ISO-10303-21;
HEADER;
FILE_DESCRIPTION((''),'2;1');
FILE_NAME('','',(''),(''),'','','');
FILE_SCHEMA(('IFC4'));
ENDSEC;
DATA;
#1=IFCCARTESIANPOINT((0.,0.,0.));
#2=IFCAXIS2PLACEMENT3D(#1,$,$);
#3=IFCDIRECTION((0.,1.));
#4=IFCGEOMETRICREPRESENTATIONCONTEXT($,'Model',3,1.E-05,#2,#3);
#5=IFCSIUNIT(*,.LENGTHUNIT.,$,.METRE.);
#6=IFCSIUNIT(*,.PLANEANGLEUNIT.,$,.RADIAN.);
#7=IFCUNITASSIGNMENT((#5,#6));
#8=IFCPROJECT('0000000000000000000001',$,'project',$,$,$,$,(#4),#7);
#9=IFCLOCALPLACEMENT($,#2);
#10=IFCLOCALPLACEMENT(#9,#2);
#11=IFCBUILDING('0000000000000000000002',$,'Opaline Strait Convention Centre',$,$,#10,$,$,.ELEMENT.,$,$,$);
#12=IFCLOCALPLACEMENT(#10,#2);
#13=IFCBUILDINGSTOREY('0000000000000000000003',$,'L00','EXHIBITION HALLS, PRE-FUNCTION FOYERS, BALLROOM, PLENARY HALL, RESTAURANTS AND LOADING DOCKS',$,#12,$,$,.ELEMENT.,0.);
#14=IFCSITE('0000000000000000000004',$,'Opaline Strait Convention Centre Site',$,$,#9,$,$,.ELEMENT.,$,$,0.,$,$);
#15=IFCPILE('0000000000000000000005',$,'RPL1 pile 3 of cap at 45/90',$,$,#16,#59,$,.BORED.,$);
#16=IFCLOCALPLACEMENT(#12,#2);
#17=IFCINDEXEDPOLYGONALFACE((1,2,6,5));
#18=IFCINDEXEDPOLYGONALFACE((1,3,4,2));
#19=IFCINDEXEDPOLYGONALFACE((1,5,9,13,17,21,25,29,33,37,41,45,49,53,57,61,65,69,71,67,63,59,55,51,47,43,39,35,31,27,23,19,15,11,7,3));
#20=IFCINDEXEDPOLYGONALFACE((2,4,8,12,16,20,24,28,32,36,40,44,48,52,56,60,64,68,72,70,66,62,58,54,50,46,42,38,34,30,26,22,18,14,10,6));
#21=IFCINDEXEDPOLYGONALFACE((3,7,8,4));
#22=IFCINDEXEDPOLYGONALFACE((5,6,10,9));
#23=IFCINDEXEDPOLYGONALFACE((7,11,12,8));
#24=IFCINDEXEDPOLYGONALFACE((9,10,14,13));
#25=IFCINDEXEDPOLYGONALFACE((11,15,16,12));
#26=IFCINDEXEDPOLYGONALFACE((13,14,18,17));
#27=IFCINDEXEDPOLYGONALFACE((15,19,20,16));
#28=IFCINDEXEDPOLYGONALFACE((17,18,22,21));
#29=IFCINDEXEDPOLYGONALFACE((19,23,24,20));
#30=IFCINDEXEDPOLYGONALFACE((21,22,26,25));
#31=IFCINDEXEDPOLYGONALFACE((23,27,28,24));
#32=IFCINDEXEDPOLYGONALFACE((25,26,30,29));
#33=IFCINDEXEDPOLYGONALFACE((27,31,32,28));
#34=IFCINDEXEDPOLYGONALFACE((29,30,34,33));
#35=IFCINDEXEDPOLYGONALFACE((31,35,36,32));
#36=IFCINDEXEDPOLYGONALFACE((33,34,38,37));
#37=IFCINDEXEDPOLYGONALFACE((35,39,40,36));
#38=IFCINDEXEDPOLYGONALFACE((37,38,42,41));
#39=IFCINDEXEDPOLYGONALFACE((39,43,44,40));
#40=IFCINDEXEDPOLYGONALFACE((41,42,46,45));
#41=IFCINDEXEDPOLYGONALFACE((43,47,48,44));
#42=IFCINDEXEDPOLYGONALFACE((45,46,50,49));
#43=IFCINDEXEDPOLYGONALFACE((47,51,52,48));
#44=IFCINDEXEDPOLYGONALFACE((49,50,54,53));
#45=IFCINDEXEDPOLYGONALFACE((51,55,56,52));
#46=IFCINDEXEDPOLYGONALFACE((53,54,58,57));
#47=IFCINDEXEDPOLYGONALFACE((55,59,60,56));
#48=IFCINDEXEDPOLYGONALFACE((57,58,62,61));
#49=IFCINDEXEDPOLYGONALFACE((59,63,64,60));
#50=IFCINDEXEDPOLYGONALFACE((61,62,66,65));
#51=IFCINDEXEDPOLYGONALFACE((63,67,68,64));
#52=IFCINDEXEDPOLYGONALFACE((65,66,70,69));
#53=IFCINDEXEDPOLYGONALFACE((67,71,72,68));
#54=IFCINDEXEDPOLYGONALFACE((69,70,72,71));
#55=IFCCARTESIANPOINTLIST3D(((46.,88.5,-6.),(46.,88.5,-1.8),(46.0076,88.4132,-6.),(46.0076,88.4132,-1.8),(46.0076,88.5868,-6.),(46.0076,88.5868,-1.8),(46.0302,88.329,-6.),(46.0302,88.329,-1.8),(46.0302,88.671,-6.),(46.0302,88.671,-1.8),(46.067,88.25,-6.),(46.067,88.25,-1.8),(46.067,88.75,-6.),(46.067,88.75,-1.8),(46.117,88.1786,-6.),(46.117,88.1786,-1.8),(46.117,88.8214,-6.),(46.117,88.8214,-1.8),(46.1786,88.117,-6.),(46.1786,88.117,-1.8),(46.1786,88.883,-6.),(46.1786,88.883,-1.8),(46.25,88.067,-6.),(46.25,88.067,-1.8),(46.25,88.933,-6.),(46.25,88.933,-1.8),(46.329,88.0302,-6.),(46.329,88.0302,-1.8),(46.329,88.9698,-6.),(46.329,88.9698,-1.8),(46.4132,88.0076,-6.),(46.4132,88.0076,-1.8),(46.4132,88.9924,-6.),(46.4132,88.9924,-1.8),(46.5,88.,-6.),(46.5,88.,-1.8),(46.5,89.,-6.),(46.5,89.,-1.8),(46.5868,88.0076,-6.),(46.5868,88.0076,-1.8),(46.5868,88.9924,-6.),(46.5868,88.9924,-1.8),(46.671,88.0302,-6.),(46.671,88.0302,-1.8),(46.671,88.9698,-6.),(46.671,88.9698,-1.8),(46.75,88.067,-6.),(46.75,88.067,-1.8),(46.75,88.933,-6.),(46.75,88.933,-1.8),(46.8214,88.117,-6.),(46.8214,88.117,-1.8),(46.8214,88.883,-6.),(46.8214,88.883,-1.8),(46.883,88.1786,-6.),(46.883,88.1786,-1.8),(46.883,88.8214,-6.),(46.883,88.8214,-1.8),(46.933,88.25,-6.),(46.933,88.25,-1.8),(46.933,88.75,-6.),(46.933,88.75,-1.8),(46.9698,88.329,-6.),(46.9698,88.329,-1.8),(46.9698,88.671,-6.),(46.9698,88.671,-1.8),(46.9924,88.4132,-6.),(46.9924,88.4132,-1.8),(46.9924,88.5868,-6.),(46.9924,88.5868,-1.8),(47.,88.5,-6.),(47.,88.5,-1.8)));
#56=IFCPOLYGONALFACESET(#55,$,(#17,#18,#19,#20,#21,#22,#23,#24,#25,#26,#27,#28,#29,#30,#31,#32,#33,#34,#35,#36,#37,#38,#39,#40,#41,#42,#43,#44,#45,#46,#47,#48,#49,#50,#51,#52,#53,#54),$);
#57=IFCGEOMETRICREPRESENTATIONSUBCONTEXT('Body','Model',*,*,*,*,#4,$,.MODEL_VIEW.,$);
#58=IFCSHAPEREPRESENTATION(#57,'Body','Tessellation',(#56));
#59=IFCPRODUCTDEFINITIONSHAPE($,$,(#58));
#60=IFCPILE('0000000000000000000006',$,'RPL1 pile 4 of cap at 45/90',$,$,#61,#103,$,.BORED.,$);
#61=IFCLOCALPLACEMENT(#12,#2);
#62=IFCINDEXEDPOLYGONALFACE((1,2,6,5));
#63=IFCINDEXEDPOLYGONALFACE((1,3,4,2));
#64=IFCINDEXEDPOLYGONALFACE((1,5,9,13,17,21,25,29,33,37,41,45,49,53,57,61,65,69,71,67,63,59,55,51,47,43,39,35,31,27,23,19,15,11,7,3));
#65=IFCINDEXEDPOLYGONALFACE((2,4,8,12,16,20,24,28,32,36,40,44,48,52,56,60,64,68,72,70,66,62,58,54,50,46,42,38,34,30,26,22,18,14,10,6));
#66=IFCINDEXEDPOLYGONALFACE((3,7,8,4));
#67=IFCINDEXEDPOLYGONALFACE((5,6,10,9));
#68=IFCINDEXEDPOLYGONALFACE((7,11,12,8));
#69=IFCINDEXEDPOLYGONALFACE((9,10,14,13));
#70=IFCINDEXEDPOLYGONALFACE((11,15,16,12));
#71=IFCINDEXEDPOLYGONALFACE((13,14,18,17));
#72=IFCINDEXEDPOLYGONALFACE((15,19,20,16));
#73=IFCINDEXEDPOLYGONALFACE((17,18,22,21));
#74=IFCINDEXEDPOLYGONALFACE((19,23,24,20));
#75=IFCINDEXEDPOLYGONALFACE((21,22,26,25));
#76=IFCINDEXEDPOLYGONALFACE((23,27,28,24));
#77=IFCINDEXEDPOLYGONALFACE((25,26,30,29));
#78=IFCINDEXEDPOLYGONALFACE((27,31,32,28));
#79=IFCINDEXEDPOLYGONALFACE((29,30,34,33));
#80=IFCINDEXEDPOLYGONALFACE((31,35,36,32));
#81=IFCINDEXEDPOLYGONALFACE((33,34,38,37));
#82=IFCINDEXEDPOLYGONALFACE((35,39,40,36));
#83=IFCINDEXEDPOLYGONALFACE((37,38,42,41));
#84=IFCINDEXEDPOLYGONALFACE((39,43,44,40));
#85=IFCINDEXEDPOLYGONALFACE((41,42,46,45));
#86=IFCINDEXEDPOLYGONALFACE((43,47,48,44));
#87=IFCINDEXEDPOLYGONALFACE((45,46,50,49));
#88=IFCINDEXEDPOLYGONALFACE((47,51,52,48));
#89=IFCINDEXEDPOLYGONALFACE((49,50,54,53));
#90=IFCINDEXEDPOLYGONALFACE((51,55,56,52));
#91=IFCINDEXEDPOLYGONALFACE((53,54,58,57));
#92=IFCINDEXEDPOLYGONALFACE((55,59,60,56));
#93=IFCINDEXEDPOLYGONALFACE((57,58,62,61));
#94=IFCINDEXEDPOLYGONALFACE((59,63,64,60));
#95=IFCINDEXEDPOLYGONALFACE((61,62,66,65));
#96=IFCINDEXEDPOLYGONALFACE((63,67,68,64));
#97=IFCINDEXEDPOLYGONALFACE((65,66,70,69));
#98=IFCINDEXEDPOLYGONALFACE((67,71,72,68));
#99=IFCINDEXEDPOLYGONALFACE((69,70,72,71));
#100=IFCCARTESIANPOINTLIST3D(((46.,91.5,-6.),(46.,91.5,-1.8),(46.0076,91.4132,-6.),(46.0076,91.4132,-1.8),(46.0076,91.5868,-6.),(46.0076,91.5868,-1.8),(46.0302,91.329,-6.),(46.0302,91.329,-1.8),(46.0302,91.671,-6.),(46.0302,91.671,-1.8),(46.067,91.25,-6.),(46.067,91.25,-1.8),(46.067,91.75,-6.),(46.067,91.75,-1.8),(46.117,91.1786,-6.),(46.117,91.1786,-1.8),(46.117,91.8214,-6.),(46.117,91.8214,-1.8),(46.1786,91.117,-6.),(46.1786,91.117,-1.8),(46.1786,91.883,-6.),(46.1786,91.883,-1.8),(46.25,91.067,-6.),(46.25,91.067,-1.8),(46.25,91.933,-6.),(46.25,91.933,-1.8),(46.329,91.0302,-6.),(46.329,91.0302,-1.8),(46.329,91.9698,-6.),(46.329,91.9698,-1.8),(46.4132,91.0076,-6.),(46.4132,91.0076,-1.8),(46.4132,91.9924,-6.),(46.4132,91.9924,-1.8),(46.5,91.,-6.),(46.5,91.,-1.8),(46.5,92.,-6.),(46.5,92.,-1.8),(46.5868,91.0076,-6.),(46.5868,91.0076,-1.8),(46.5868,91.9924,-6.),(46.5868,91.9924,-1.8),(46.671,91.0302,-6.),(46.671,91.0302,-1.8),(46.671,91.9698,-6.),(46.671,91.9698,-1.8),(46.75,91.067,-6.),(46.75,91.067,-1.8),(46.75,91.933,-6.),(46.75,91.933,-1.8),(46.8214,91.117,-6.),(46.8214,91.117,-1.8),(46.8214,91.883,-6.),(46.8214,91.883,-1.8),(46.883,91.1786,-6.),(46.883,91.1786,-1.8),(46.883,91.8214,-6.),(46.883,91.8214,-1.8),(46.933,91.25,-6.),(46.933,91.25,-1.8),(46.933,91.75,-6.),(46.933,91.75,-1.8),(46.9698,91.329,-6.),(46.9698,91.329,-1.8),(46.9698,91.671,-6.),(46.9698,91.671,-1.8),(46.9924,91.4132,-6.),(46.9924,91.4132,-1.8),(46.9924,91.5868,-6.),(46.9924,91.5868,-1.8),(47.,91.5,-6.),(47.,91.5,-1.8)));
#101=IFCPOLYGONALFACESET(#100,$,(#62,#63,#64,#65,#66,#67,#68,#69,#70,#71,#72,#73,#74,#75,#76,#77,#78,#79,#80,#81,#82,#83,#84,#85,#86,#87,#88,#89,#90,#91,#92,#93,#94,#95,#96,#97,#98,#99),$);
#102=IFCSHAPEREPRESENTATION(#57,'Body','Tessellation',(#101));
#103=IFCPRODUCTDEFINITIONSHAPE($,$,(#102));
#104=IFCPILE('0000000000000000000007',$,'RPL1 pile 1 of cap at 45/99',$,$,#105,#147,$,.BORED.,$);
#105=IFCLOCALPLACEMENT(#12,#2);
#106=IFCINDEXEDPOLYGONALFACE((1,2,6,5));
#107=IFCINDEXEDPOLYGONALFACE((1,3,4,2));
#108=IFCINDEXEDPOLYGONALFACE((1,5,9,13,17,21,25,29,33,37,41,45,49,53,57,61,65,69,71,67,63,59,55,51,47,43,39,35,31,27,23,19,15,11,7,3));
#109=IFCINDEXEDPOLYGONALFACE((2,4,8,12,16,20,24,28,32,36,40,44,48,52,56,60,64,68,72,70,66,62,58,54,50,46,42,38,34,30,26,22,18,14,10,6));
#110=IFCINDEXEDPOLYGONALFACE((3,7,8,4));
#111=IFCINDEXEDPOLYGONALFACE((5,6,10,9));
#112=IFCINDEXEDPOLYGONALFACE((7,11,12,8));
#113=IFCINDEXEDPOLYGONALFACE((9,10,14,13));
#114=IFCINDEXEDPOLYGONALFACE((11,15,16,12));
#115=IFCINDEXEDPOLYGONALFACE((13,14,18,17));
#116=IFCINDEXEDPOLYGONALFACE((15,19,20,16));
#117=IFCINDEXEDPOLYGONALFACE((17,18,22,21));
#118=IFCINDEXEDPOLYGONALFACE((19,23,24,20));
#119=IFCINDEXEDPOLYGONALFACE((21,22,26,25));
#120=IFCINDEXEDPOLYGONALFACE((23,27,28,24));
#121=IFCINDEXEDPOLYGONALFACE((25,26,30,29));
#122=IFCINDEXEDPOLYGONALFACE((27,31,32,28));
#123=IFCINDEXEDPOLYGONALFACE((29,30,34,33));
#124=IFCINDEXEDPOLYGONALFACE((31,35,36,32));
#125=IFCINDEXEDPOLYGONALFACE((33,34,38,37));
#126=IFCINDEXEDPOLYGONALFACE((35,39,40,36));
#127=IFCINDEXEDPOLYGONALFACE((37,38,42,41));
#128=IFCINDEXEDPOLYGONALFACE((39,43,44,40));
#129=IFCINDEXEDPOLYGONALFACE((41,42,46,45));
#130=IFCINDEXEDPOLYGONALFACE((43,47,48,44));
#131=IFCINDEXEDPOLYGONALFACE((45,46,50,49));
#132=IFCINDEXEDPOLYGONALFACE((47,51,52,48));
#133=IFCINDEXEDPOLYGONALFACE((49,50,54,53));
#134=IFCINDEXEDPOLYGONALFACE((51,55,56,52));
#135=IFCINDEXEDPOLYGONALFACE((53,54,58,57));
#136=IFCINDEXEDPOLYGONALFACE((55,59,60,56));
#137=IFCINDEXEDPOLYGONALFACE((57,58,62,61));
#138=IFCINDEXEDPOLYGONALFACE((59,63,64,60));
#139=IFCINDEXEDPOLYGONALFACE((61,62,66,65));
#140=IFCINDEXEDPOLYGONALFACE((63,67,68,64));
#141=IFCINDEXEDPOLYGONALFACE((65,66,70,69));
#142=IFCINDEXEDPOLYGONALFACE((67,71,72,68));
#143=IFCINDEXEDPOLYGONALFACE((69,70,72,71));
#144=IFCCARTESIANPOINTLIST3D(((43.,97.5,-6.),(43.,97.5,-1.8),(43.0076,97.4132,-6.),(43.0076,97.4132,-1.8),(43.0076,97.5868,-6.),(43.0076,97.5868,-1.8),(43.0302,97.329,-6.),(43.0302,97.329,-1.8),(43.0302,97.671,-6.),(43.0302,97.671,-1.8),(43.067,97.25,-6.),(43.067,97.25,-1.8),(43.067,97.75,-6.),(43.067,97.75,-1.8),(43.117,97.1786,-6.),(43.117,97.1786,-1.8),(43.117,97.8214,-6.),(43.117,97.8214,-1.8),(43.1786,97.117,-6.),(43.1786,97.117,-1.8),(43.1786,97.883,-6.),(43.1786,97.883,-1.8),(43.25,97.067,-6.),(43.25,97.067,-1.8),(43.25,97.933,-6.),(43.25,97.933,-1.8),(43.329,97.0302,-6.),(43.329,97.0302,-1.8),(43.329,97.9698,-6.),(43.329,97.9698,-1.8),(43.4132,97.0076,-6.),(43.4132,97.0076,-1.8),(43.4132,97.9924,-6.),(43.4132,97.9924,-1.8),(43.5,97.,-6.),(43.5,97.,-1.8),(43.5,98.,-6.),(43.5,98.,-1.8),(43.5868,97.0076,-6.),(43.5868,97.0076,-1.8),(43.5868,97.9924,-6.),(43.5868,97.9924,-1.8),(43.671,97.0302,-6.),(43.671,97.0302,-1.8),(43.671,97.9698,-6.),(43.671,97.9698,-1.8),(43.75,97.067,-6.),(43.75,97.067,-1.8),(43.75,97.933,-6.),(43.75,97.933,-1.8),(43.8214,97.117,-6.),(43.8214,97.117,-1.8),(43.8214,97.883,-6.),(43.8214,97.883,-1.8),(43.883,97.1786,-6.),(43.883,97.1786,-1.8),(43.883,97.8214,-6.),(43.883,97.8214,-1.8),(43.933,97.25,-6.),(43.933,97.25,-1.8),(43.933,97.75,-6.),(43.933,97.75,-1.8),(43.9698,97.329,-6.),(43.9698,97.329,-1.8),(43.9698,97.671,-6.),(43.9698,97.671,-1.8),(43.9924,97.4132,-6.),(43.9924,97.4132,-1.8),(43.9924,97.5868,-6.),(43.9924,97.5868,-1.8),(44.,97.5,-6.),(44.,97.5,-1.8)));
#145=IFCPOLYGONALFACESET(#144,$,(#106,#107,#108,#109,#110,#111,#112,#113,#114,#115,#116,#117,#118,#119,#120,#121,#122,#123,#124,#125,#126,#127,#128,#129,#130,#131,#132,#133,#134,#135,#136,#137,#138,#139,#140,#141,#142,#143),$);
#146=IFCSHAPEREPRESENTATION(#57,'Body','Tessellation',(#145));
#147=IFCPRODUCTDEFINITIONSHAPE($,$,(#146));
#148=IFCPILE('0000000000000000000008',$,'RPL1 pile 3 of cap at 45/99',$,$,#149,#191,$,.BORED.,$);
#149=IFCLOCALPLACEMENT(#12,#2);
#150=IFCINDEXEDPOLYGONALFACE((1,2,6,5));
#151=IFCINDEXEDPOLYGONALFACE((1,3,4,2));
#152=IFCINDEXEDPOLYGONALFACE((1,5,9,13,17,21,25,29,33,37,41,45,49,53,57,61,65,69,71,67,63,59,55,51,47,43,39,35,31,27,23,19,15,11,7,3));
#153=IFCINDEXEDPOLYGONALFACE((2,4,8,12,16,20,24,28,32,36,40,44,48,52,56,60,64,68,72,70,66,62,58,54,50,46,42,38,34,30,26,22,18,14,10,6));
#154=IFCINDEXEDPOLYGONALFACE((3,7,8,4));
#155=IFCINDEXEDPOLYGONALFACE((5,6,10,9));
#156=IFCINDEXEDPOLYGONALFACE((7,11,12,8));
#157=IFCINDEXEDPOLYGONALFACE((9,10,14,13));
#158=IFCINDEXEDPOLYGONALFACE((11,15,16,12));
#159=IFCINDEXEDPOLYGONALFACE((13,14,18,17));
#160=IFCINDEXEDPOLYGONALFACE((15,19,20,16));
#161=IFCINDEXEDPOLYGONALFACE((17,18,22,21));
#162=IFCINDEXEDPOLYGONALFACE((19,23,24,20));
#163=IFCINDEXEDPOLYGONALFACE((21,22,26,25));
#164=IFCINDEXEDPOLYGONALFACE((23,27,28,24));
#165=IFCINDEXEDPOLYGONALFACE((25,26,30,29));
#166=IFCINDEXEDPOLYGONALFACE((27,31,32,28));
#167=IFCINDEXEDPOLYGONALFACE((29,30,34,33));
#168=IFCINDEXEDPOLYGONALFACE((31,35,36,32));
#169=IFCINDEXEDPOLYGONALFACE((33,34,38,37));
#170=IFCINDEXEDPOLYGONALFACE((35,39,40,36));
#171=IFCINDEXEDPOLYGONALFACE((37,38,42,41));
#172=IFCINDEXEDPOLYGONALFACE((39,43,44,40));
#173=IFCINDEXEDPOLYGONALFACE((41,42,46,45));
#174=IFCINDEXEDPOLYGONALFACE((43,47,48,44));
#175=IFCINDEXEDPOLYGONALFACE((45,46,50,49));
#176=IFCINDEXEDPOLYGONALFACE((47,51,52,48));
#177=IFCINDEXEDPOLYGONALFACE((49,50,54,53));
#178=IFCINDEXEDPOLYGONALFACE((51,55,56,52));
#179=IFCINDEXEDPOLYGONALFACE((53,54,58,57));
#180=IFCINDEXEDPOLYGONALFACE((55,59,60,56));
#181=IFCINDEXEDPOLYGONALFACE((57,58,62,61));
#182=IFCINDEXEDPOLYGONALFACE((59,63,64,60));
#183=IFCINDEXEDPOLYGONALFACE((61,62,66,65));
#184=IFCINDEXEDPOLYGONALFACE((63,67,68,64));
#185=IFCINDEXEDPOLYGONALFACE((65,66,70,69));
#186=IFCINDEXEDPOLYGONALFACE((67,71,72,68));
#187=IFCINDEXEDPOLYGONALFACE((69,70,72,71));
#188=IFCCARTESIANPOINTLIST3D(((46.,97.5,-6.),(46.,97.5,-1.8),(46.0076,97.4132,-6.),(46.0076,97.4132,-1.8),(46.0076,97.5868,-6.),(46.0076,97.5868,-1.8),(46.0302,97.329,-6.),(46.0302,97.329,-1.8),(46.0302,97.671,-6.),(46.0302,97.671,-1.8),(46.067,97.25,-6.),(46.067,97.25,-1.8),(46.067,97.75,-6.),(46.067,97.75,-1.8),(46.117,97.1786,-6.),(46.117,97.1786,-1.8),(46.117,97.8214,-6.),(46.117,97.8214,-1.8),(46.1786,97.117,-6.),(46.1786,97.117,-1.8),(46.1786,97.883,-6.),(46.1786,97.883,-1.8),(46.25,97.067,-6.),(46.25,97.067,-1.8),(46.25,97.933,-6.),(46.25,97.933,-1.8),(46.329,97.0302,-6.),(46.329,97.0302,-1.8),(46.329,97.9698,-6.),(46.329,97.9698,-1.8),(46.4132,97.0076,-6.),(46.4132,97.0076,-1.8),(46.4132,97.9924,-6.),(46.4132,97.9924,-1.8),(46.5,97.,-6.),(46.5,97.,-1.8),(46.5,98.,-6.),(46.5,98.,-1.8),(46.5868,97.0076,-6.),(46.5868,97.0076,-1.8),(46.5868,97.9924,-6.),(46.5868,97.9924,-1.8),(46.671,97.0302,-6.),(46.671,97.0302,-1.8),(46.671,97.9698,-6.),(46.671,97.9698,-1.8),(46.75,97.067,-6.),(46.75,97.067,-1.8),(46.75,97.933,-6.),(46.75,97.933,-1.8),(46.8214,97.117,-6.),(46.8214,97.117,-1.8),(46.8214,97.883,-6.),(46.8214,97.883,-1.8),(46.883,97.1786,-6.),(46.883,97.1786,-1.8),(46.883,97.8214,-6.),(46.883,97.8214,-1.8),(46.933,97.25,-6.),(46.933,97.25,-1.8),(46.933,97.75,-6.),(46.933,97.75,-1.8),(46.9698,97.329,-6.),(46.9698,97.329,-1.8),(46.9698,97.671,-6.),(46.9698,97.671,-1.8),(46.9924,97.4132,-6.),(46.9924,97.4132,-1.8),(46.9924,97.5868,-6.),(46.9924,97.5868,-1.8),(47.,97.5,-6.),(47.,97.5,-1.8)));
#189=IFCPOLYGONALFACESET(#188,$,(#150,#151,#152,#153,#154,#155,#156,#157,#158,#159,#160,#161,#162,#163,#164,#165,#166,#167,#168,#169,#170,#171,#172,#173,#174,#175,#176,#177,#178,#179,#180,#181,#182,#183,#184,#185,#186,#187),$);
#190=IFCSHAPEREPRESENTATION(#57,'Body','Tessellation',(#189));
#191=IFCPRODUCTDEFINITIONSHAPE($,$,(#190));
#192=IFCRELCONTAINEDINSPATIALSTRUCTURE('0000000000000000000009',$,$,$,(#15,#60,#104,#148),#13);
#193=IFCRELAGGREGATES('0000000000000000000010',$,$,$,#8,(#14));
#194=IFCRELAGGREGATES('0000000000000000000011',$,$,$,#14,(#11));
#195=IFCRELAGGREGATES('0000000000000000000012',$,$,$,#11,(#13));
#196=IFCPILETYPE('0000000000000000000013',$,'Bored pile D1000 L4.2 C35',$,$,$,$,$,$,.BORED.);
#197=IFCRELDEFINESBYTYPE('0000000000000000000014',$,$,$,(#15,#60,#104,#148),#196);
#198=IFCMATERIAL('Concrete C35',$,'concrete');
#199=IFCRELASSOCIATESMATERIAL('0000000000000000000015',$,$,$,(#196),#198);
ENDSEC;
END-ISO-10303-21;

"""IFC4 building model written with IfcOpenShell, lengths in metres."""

from ifc_helpers import new_model, si_unit, direction, frame, origin, origin_2d, place, context, subcontext, project, spatial, circle, extrude, material, material_profile, profile_set, type_object, element, save


model = new_model("IFC4")

# Units and contexts
model_context = context("Model", 3, precision=1e-05, world=origin(), true_north=direction((0.0, 1.0)))
body_context = subcontext(model_context, "Body", "Model", "MODEL_VIEW")
ifc_project = project(units=[si_unit("LENGTHUNIT", "METRE"), si_unit("PLANEANGLEUNIT", "RADIAN")], contexts=[model_context])

# Site, building, storey
site_placement = place(None, origin())
site = spatial("IfcSite", under=ifc_project, at=site_placement, Name="Opaline Strait Convention Centre Site", CompositionType="ELEMENT", RefElevation=0.0)
building_placement = place(site_placement, origin())
building = spatial("IfcBuilding", under=site, at=building_placement, Name="Opaline Strait Convention Centre", CompositionType="ELEMENT")
storey_placement = place(building_placement, origin())
storey = spatial("IfcBuildingStorey", under=building, at=storey_placement, Name="L00", Description="EXHIBITION HALLS, PRE-FUNCTION FOYERS, BALLROOM, PLENARY HALL, RESTAURANTS AND LOADING DOCKS", CompositionType="ELEMENT", Elevation=0.0)

# Piles
ifc_material_1 = material(Name="Concrete C35", Category="concrete")
ifc_material_profile_1 = material_profile(ifc_material_1, circle(Radius=0.5, at=origin_2d()), Name="D1000")
ifc_profile_set_1 = profile_set([ifc_material_profile_1], Name="Concrete C35")
pile_type = type_object("IfcPileType", Name="Bored pile D1000 L4.2 C35", PredefinedType="BORED", material=ifc_profile_set_1)
for number, where, z_axis, x_axis, name in (
    (1, (46.5, 88.5, -1.8), (0.0, 0.0, -1.0), (1.0, 0.0, 0.0), "RPL1 pile 3 of cap at 45/90"),
    (2, (46.5, 91.5, -1.8), (0.0, 0.0, -1.0), (1.0, 0.0, 0.0), "RPL1 pile 4 of cap at 45/90"),
    (3, (43.5, 97.5, -1.8), (0.0, 0.0, -1.0), (1.0, 0.0, 0.0), "RPL1 pile 1 of cap at 45/99"),
    (4, (46.5, 97.5, -1.8), (0.0, 0.0, -1.0), (1.0, 0.0, 0.0), "RPL1 pile 3 of cap at 45/99"),
):
    element("IfcPile", number, at=place(storey_placement, frame(where, z_axis=z_axis, x_axis=x_axis)), inside=storey, type_object=pile_type, Name=name, PredefinedType="BORED", context=body_context, shape_type="SweptSolid", body=[
        extrude(circle(Radius=0.5, at=origin_2d()), origin(), (0.0, 0.0, 1.0), 4.2),
    ])

save(model, "model.ifc")
